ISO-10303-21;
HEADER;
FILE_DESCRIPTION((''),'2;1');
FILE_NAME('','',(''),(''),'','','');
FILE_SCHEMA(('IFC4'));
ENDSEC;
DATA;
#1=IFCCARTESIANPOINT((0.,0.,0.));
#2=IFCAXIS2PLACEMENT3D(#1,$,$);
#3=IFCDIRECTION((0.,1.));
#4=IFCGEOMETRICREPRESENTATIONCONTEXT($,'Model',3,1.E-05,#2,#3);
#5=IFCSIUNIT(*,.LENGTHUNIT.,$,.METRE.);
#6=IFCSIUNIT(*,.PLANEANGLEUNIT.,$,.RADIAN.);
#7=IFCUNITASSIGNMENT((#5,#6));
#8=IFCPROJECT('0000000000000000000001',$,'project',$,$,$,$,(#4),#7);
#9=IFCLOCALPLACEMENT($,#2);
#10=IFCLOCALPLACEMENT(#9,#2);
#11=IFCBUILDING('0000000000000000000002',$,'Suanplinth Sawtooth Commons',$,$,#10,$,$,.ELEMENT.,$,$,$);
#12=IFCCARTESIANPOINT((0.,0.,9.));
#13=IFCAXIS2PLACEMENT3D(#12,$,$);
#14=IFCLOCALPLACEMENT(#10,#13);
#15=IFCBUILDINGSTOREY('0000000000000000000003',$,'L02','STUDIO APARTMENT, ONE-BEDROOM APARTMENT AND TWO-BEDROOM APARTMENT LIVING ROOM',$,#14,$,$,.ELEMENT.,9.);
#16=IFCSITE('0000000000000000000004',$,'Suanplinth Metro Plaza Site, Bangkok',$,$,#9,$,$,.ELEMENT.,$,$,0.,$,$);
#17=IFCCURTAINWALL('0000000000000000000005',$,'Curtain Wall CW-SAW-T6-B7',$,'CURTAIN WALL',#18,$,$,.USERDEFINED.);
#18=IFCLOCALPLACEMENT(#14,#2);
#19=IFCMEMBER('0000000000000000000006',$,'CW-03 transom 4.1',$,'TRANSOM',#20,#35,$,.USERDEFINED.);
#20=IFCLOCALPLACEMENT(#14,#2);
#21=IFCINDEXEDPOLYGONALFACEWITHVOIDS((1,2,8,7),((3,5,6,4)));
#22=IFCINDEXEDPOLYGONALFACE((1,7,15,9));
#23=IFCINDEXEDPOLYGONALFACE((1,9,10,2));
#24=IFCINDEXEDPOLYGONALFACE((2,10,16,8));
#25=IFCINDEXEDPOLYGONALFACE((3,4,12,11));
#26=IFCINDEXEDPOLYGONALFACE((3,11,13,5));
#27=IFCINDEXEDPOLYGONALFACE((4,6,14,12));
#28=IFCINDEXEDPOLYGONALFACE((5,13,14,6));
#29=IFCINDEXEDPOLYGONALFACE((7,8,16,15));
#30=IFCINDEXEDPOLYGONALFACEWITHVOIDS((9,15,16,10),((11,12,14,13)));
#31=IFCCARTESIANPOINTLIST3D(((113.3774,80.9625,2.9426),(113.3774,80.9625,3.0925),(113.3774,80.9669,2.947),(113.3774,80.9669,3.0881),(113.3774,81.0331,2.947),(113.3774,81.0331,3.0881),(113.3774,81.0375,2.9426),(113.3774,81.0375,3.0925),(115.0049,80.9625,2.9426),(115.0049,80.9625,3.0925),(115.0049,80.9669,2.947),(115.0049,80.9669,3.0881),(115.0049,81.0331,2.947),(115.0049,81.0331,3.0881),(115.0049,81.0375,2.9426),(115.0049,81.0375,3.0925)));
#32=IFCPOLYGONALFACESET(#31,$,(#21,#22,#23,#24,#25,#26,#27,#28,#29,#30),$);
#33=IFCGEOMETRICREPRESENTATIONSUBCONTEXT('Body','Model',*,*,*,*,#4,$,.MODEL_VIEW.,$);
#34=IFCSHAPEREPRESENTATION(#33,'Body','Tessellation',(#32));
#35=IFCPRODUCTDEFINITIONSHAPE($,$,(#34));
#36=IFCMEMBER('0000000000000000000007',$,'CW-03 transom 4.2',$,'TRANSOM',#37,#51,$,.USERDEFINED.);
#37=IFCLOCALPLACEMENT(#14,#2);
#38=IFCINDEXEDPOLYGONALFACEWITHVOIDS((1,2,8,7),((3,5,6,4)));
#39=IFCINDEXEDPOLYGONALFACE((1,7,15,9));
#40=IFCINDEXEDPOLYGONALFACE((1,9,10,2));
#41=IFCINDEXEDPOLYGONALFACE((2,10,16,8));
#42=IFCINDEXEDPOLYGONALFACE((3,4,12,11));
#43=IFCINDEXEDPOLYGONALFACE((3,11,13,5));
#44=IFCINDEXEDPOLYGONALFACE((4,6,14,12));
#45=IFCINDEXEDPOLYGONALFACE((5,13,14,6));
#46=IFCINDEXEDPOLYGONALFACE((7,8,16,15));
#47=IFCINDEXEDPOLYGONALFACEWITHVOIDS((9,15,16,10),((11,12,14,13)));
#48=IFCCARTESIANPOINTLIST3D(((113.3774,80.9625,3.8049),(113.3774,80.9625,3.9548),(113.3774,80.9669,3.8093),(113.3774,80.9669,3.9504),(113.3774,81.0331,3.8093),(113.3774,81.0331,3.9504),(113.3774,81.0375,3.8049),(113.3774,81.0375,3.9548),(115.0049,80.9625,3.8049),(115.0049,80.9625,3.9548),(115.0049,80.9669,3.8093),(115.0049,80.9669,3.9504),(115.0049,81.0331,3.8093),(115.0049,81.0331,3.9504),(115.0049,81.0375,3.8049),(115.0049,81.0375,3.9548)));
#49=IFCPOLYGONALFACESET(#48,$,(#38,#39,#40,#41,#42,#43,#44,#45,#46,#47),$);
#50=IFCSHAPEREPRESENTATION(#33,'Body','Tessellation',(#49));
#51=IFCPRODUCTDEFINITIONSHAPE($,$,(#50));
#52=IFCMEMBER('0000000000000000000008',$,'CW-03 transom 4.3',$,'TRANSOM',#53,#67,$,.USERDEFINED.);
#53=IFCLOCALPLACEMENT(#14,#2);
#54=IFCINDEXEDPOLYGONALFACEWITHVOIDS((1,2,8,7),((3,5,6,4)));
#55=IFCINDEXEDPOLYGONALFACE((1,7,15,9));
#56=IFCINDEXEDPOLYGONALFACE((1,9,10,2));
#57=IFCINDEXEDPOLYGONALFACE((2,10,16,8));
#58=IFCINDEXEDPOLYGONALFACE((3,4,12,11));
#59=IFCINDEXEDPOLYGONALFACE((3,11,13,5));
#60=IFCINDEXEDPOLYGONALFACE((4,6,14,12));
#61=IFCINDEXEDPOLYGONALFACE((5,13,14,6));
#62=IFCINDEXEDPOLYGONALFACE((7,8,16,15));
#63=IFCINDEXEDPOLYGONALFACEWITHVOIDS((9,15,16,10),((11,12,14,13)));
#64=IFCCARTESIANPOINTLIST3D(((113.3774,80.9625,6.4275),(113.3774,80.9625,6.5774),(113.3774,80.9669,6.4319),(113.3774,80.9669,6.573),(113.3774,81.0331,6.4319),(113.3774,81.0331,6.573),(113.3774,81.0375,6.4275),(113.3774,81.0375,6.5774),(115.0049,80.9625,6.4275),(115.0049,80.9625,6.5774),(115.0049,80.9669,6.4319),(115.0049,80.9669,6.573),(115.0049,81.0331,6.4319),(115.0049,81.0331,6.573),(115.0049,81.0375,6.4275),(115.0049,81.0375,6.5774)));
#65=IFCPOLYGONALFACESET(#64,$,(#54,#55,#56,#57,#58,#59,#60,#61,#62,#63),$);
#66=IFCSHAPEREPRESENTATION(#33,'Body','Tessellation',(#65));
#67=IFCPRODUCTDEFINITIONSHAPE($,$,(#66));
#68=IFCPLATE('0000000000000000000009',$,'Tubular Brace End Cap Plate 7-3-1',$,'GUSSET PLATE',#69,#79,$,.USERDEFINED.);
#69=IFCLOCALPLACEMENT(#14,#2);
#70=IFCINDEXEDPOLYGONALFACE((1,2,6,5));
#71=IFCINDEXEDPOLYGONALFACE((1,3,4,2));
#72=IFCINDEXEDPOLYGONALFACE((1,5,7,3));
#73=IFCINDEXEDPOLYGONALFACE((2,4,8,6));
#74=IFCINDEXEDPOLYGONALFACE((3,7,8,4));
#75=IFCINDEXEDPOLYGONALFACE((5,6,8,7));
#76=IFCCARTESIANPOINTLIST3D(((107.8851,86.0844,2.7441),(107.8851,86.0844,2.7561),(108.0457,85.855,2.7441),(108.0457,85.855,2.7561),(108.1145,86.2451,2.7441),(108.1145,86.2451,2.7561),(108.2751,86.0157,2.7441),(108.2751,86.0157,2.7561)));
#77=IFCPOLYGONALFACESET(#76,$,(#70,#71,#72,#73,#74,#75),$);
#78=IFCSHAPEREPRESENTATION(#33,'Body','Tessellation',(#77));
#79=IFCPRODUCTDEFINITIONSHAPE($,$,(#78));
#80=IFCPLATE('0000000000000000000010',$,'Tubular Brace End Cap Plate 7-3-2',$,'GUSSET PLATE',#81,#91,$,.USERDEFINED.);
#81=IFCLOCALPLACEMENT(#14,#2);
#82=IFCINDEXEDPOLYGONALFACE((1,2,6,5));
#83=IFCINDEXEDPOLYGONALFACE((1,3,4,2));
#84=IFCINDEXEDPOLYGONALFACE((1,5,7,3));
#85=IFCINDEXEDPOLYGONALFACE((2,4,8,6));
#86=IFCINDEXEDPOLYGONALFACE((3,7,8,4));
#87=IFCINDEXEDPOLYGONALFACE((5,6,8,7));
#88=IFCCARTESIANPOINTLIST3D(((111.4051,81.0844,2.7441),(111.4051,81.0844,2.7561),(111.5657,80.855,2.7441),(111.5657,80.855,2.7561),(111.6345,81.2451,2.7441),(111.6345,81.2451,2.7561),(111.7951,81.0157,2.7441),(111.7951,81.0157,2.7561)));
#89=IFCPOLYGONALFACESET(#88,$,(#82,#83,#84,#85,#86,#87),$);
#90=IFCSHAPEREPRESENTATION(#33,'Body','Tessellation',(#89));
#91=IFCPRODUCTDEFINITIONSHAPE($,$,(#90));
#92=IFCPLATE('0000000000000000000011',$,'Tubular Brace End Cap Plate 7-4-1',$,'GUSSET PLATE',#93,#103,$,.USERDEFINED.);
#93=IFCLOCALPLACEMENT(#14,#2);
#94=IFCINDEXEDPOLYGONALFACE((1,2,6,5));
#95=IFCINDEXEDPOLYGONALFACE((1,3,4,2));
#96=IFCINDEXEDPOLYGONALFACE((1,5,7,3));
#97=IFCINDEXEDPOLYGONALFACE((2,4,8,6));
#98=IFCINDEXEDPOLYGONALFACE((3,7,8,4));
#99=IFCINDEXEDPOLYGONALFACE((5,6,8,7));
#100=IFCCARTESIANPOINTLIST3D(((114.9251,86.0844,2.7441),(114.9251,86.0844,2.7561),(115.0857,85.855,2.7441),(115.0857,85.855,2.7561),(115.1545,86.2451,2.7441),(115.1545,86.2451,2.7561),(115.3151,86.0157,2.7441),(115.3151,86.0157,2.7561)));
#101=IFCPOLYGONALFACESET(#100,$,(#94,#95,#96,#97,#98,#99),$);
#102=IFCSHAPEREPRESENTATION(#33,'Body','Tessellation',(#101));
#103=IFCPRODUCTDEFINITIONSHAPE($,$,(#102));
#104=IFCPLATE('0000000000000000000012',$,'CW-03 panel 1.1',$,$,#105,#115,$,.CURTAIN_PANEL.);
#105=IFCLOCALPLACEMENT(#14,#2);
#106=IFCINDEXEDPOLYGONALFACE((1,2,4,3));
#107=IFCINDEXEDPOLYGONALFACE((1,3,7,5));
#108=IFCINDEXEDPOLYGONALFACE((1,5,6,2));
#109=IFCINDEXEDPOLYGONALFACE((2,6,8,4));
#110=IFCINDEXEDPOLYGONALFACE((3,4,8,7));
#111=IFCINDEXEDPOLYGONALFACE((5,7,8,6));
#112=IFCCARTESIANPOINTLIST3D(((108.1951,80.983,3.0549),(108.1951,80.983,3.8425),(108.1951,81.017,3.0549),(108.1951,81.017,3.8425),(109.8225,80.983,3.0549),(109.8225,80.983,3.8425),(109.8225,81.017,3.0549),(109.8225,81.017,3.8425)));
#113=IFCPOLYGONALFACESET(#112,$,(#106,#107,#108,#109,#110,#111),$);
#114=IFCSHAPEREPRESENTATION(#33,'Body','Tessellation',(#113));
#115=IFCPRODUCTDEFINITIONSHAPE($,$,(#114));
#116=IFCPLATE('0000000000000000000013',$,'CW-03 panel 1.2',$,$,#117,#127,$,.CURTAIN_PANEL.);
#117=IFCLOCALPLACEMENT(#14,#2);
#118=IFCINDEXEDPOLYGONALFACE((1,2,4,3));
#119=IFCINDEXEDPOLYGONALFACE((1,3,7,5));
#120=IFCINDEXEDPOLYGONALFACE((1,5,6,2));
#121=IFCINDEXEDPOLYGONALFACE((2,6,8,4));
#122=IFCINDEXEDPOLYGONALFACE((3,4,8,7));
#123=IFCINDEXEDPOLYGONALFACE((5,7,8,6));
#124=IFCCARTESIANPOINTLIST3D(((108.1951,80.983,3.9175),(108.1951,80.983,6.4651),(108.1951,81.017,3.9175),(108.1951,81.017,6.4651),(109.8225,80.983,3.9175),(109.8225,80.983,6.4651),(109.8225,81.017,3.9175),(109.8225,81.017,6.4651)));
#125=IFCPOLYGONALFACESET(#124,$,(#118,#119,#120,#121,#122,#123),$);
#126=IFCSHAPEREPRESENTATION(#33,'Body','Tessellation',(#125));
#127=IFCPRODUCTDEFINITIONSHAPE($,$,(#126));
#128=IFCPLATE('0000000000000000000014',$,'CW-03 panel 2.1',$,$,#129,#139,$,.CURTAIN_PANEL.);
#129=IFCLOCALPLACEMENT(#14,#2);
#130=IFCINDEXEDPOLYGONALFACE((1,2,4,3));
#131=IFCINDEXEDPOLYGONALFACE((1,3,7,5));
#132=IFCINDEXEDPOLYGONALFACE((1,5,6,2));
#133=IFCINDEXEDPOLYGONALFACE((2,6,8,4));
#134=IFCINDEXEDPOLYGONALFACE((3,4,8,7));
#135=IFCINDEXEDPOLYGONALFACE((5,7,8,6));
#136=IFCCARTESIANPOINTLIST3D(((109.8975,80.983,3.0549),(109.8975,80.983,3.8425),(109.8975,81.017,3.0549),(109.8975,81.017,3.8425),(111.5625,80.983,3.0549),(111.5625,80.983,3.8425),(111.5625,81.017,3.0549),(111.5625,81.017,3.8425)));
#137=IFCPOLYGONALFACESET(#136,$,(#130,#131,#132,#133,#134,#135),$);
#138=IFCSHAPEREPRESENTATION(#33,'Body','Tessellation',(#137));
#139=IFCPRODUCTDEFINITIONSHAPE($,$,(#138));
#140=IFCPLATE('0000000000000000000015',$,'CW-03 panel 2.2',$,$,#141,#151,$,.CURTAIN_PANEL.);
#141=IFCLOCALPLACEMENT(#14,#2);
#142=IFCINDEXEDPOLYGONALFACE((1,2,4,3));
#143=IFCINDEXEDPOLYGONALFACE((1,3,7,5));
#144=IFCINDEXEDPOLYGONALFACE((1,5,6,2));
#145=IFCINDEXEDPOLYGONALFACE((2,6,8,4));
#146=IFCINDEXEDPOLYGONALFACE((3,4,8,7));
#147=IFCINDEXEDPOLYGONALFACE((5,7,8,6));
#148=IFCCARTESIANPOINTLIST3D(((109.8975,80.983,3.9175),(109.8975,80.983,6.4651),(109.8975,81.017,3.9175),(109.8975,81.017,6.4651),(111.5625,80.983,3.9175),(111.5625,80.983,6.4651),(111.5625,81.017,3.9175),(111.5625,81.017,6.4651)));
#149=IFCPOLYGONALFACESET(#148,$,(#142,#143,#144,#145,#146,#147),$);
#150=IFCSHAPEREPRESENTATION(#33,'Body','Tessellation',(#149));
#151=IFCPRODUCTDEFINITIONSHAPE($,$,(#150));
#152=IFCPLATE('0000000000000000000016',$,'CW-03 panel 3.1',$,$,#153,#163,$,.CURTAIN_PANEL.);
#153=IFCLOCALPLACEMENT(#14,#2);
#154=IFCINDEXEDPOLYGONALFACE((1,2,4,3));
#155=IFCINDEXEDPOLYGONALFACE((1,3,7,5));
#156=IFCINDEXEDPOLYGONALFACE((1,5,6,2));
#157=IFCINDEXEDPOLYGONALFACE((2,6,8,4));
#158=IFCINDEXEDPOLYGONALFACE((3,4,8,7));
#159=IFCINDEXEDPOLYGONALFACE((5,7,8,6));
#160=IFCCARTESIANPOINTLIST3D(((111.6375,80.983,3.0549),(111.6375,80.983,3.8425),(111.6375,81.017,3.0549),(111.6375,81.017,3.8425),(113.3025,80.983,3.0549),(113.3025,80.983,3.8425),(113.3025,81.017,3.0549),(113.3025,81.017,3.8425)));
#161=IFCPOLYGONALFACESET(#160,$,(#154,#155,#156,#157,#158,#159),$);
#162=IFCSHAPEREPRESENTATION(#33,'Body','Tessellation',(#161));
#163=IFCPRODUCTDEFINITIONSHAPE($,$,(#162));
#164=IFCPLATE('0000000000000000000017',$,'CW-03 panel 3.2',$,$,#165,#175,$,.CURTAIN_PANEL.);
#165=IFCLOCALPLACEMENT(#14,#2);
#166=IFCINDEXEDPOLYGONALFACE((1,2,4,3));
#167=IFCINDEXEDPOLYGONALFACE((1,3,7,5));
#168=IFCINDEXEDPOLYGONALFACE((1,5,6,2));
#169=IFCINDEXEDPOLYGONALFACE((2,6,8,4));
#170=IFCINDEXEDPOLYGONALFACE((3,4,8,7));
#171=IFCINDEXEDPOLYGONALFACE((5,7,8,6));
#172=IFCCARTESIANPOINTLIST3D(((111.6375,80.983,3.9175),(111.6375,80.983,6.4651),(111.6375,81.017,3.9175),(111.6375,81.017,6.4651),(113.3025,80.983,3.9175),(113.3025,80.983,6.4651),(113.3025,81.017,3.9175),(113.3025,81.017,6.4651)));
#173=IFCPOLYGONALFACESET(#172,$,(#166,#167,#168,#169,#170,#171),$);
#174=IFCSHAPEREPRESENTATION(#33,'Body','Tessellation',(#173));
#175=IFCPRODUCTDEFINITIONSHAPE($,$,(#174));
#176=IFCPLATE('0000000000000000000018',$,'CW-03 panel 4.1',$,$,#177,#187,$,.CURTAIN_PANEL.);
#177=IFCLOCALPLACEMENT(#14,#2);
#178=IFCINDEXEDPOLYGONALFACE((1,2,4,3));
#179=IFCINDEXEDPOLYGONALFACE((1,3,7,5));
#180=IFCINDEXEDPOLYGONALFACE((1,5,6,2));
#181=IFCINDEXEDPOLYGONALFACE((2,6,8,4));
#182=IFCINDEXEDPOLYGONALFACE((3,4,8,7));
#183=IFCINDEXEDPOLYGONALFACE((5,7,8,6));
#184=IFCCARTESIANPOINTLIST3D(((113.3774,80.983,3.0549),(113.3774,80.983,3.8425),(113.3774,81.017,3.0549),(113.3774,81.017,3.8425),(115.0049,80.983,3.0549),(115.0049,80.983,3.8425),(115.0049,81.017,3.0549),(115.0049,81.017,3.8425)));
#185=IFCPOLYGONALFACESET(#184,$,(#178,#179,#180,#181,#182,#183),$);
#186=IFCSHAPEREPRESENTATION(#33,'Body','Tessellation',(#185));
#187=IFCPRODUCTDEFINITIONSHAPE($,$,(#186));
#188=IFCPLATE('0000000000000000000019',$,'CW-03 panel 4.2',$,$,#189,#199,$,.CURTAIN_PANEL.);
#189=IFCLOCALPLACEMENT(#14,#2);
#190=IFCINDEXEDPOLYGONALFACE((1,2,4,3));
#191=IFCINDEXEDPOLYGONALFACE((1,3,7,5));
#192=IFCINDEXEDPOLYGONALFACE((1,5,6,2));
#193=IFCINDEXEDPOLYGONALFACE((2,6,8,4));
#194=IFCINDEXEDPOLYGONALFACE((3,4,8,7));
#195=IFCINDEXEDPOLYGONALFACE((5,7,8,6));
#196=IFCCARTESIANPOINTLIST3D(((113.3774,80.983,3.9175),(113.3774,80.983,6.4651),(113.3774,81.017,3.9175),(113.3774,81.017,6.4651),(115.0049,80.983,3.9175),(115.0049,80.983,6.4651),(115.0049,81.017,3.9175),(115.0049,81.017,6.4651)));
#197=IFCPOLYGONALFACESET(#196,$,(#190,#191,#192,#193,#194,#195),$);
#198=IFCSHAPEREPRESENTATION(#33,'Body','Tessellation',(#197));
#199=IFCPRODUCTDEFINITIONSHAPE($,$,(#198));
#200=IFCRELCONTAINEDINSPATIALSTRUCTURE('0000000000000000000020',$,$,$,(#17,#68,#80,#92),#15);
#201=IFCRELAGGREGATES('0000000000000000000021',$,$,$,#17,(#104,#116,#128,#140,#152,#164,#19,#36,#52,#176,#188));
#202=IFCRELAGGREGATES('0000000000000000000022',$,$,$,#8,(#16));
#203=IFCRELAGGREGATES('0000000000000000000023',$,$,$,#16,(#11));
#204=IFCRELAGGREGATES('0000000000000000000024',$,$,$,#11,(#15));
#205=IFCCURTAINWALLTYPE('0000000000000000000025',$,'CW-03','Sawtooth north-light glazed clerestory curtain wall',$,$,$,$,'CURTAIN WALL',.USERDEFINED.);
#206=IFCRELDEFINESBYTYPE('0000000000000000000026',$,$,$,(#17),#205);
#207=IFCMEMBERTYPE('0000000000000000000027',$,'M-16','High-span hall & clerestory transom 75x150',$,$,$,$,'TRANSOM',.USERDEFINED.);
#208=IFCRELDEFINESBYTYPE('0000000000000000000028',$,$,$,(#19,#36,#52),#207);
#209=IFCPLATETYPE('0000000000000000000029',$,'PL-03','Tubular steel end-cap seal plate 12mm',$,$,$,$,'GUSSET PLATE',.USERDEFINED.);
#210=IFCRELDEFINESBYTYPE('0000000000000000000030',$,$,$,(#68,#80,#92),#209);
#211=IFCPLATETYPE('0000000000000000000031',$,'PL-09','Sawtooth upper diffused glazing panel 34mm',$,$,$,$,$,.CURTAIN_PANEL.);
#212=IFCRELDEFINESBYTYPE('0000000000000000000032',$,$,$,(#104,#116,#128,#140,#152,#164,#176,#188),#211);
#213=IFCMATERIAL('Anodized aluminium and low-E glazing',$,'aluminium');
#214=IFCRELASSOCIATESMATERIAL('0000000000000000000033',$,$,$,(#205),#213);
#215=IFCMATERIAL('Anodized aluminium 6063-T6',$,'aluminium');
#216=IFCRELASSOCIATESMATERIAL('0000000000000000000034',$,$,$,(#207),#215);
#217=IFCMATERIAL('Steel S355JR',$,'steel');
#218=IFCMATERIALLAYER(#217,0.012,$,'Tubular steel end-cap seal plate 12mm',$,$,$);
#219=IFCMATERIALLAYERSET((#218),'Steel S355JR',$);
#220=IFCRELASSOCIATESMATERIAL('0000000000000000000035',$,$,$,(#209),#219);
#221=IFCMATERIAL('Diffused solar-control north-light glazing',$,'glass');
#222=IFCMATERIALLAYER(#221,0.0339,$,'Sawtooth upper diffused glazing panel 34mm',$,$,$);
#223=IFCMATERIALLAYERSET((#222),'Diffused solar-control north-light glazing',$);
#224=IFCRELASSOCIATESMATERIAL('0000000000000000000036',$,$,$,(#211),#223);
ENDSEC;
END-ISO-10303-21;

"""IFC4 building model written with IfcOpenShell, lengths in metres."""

from ifc_helpers import new_model, si_unit, direction, frame, origin, origin_2d, place, context, subcontext, project, spatial, rectangle, hollow_rectangle, extrude, material, layer, layer_set, material_profile, profile_set, type_object, element, aggregate, save


model = new_model("IFC4")

# Units and contexts
model_context = context("Model", 3, precision=1e-05, world=origin(), true_north=direction((0.0, 1.0)))
body_context = subcontext(model_context, "Body", "Model", "MODEL_VIEW")
ifc_project = project(units=[si_unit("LENGTHUNIT", "METRE"), si_unit("PLANEANGLEUNIT", "RADIAN")], contexts=[model_context])

# Site, building, storey
site_placement = place(None, origin())
site = spatial("IfcSite", under=ifc_project, at=site_placement, Name="Suanplinth Metro Plaza Site, Bangkok", CompositionType="ELEMENT", RefElevation=0.0)
building_placement = place(site_placement, origin())
building = spatial("IfcBuilding", under=site, at=building_placement, Name="Suanplinth Sawtooth Commons", CompositionType="ELEMENT")
storey_placement = place(building_placement, frame((0.0, 0.0, 9.0)))
storey = spatial("IfcBuildingStorey", under=building, at=storey_placement, Name="L02", Description="STUDIO APARTMENT, ONE-BEDROOM APARTMENT AND TWO-BEDROOM APARTMENT LIVING ROOM", CompositionType="ELEMENT", Elevation=9.0)

# Shared definitions
ifc_material_1 = material(Name="Steel S355JR", Category="steel")

# Curtain wall, members
ifc_material_2 = material(Name="Anodized aluminium and low-E glazing", Category="aluminium")
curtain_wall_type = type_object("IfcCurtainWallType", Name="CW-03", Description="Sawtooth north-light glazed clerestory curtain wall", ElementType="CURTAIN WALL", PredefinedType="USERDEFINED", material=ifc_material_2)
curtain_wall_placement = place(storey_placement, origin())
curtain_wall = element("IfcCurtainWall", 1, at=curtain_wall_placement, inside=storey, type_object=curtain_wall_type, Name="Curtain Wall CW-SAW-T6-B7", ObjectType="CURTAIN WALL", PredefinedType="USERDEFINED")
ifc_material_3 = material(Name="Anodized aluminium 6063-T6", Category="aluminium")
ifc_material_profile_1 = material_profile(ifc_material_3, hollow_rectangle(XDim=0.075, YDim=0.1499, WallThickness=0.0044, at=origin_2d()), Name="ALU-TRN 75x150")
ifc_profile_set_1 = profile_set([ifc_material_profile_1], Name="Anodized aluminium 6063-T6")
member_type_1 = type_object("IfcMemberType", Name="M-16", Description="High-span hall & clerestory transom 75x150", ElementType="TRANSOM", PredefinedType="USERDEFINED", material=ifc_profile_set_1)
member_1_placement = place(storey_placement, frame((113.3774, 81.0, 3.0176), z_axis=(1.0, 0.0, 0.0), x_axis=(0.0, 1.0, 0.0)))
member_1 = element("IfcMember", 2, at=member_1_placement, type_object=member_type_1, Name="CW-03 transom 4.1", ObjectType="TRANSOM", PredefinedType="USERDEFINED", context=body_context, shape_type="SweptSolid", body=[
    extrude(hollow_rectangle(XDim=0.075, YDim=0.1499, WallThickness=0.0044, at=origin_2d()), origin(), (0.0, 0.0, 1.0), 1.6274),
])
member_2_placement = place(storey_placement, frame((113.3774, 81.0, 3.8799), z_axis=(1.0, 0.0, 0.0), x_axis=(0.0, 1.0, 0.0)))
member_2 = element("IfcMember", 3, at=member_2_placement, type_object=member_type_1, Name="CW-03 transom 4.2", ObjectType="TRANSOM", PredefinedType="USERDEFINED", context=body_context, shape_type="SweptSolid", body=[
    extrude(hollow_rectangle(XDim=0.075, YDim=0.1499, WallThickness=0.0044, at=origin_2d()), origin(), (0.0, 0.0, 1.0), 1.6274),
])
member_3_placement = place(storey_placement, frame((113.3774, 81.0, 6.5024), z_axis=(1.0, 0.0, 0.0), x_axis=(0.0, 1.0, 0.0)))
member_3 = element("IfcMember", 4, at=member_3_placement, type_object=member_type_1, Name="CW-03 transom 4.3", ObjectType="TRANSOM", PredefinedType="USERDEFINED", context=body_context, shape_type="SweptSolid", body=[
    extrude(hollow_rectangle(XDim=0.075, YDim=0.1499, WallThickness=0.0044, at=origin_2d()), origin(), (0.0, 0.0, 1.0), 1.6274),
])

# Plates
ifc_layer_1 = layer(ifc_material_1, 0.012, Name="Tubular steel end-cap seal plate 12mm")
ifc_layer_set_1 = layer_set([ifc_layer_1], Name="Steel S355JR")
plate_type_1 = type_object("IfcPlateType", Name="PL-03", Description="Tubular steel end-cap seal plate 12mm", ElementType="GUSSET PLATE", PredefinedType="USERDEFINED", material=ifc_layer_set_1)
for number, where, z_axis, x_axis, name in (
    (5, (108.0801, 86.05, 2.7441), (0.0, 0.0, 1.0), (0.819152, 0.573576, 0.0), "Tubular Brace End Cap Plate 7-3-1"),
    (6, (111.6001, 81.05, 2.7441), (0.0, 0.0, 1.0), (0.819152, 0.573576, 0.0), "Tubular Brace End Cap Plate 7-3-2"),
    (7, (115.1201, 86.05, 2.7441), (0.0, 0.0, 1.0), (0.819152, 0.573576, 0.0), "Tubular Brace End Cap Plate 7-4-1"),
):
    element("IfcPlate", number, at=place(storey_placement, frame(where, z_axis=z_axis, x_axis=x_axis)), inside=storey, type_object=plate_type_1, Name=name, ObjectType="GUSSET PLATE", PredefinedType="USERDEFINED", context=body_context, shape_type="SweptSolid", body=[
        extrude(rectangle(XDim=0.28, YDim=0.28, at=origin_2d()), origin(), (0.0, 0.0, 1.0), 0.012),
    ])

# Plates
ifc_material_4 = material(Name="Diffused solar-control north-light glazing", Category="glass")
ifc_layer_2 = layer(ifc_material_4, 0.0339, Name="Sawtooth upper diffused glazing panel 34mm")
ifc_layer_set_2 = layer_set([ifc_layer_2], Name="Diffused solar-control north-light glazing")
plate_type_2 = type_object("IfcPlateType", Name="PL-09", Description="Sawtooth upper diffused glazing panel 34mm", PredefinedType="CURTAIN_PANEL", material=ifc_layer_set_2)
plate_1_placement = place(storey_placement, frame((109.0088, 81.0, 3.0549), z_axis=(0.0, 0.0, 1.0), x_axis=(1.0, 0.0, 0.0)))
plate_1 = element("IfcPlate", 8, at=plate_1_placement, type_object=plate_type_2, Name="CW-03 panel 1.1", PredefinedType="CURTAIN_PANEL", context=body_context, shape_type="SweptSolid", body=[
    extrude(rectangle(XDim=1.6274, YDim=0.0339, at=origin_2d()), origin(), (0.0, 0.0, 1.0), 0.7876),
])
plate_2_placement = place(storey_placement, frame((109.0088, 81.0, 3.9175), z_axis=(0.0, 0.0, 1.0), x_axis=(1.0, 0.0, 0.0)))
plate_2 = element("IfcPlate", 9, at=plate_2_placement, type_object=plate_type_2, Name="CW-03 panel 1.2", PredefinedType="CURTAIN_PANEL", context=body_context, shape_type="SweptSolid", body=[
    extrude(rectangle(XDim=1.6274, YDim=0.0339, at=origin_2d()), origin(), (0.0, 0.0, 1.0), 2.5476),
])
plate_3_placement = place(storey_placement, frame((110.73, 81.0, 3.0549), z_axis=(0.0, 0.0, 1.0), x_axis=(1.0, 0.0, 0.0)))
plate_3 = element("IfcPlate", 10, at=plate_3_placement, type_object=plate_type_2, Name="CW-03 panel 2.1", PredefinedType="CURTAIN_PANEL", context=body_context, shape_type="SweptSolid", body=[
    extrude(rectangle(XDim=1.665, YDim=0.0339, at=origin_2d()), origin(), (0.0, 0.0, 1.0), 0.7876),
])
plate_4_placement = place(storey_placement, frame((110.73, 81.0, 3.9175), z_axis=(0.0, 0.0, 1.0), x_axis=(1.0, 0.0, 0.0)))
plate_4 = element("IfcPlate", 11, at=plate_4_placement, type_object=plate_type_2, Name="CW-03 panel 2.2", PredefinedType="CURTAIN_PANEL", context=body_context, shape_type="SweptSolid", body=[
    extrude(rectangle(XDim=1.665, YDim=0.0339, at=origin_2d()), origin(), (0.0, 0.0, 1.0), 2.5476),
])
plate_5_placement = place(storey_placement, frame((112.47, 81.0, 3.0549), z_axis=(0.0, 0.0, 1.0), x_axis=(1.0, 0.0, 0.0)))
plate_5 = element("IfcPlate", 12, at=plate_5_placement, type_object=plate_type_2, Name="CW-03 panel 3.1", PredefinedType="CURTAIN_PANEL", context=body_context, shape_type="SweptSolid", body=[
    extrude(rectangle(XDim=1.665, YDim=0.0339, at=origin_2d()), origin(), (0.0, 0.0, 1.0), 0.7876),
])
plate_6_placement = place(storey_placement, frame((112.47, 81.0, 3.9175), z_axis=(0.0, 0.0, 1.0), x_axis=(1.0, 0.0, 0.0)))
plate_6 = element("IfcPlate", 13, at=plate_6_placement, type_object=plate_type_2, Name="CW-03 panel 3.2", PredefinedType="CURTAIN_PANEL", context=body_context, shape_type="SweptSolid", body=[
    extrude(rectangle(XDim=1.665, YDim=0.0339, at=origin_2d()), origin(), (0.0, 0.0, 1.0), 2.5476),
])
plate_7_placement = place(storey_placement, frame((114.1912, 81.0, 3.0549), z_axis=(0.0, 0.0, 1.0), x_axis=(1.0, 0.0, 0.0)))
plate_7 = element("IfcPlate", 14, at=plate_7_placement, type_object=plate_type_2, Name="CW-03 panel 4.1", PredefinedType="CURTAIN_PANEL", context=body_context, shape_type="SweptSolid", body=[
    extrude(rectangle(XDim=1.6274, YDim=0.0339, at=origin_2d()), origin(), (0.0, 0.0, 1.0), 0.7876),
])
plate_8_placement = place(storey_placement, frame((114.1912, 81.0, 3.9175), z_axis=(0.0, 0.0, 1.0), x_axis=(1.0, 0.0, 0.0)))
plate_8 = element("IfcPlate", 15, at=plate_8_placement, type_object=plate_type_2, Name="CW-03 panel 4.2", PredefinedType="CURTAIN_PANEL", context=body_context, shape_type="SweptSolid", body=[
    extrude(rectangle(XDim=1.6274, YDim=0.0339, at=origin_2d()), origin(), (0.0, 0.0, 1.0), 2.5476),
])
aggregate(curtain_wall, [plate_1, plate_2, plate_3, plate_4, plate_5, plate_6, member_1, member_2, member_3, plate_7, plate_8])

save(model, "model.ifc")
